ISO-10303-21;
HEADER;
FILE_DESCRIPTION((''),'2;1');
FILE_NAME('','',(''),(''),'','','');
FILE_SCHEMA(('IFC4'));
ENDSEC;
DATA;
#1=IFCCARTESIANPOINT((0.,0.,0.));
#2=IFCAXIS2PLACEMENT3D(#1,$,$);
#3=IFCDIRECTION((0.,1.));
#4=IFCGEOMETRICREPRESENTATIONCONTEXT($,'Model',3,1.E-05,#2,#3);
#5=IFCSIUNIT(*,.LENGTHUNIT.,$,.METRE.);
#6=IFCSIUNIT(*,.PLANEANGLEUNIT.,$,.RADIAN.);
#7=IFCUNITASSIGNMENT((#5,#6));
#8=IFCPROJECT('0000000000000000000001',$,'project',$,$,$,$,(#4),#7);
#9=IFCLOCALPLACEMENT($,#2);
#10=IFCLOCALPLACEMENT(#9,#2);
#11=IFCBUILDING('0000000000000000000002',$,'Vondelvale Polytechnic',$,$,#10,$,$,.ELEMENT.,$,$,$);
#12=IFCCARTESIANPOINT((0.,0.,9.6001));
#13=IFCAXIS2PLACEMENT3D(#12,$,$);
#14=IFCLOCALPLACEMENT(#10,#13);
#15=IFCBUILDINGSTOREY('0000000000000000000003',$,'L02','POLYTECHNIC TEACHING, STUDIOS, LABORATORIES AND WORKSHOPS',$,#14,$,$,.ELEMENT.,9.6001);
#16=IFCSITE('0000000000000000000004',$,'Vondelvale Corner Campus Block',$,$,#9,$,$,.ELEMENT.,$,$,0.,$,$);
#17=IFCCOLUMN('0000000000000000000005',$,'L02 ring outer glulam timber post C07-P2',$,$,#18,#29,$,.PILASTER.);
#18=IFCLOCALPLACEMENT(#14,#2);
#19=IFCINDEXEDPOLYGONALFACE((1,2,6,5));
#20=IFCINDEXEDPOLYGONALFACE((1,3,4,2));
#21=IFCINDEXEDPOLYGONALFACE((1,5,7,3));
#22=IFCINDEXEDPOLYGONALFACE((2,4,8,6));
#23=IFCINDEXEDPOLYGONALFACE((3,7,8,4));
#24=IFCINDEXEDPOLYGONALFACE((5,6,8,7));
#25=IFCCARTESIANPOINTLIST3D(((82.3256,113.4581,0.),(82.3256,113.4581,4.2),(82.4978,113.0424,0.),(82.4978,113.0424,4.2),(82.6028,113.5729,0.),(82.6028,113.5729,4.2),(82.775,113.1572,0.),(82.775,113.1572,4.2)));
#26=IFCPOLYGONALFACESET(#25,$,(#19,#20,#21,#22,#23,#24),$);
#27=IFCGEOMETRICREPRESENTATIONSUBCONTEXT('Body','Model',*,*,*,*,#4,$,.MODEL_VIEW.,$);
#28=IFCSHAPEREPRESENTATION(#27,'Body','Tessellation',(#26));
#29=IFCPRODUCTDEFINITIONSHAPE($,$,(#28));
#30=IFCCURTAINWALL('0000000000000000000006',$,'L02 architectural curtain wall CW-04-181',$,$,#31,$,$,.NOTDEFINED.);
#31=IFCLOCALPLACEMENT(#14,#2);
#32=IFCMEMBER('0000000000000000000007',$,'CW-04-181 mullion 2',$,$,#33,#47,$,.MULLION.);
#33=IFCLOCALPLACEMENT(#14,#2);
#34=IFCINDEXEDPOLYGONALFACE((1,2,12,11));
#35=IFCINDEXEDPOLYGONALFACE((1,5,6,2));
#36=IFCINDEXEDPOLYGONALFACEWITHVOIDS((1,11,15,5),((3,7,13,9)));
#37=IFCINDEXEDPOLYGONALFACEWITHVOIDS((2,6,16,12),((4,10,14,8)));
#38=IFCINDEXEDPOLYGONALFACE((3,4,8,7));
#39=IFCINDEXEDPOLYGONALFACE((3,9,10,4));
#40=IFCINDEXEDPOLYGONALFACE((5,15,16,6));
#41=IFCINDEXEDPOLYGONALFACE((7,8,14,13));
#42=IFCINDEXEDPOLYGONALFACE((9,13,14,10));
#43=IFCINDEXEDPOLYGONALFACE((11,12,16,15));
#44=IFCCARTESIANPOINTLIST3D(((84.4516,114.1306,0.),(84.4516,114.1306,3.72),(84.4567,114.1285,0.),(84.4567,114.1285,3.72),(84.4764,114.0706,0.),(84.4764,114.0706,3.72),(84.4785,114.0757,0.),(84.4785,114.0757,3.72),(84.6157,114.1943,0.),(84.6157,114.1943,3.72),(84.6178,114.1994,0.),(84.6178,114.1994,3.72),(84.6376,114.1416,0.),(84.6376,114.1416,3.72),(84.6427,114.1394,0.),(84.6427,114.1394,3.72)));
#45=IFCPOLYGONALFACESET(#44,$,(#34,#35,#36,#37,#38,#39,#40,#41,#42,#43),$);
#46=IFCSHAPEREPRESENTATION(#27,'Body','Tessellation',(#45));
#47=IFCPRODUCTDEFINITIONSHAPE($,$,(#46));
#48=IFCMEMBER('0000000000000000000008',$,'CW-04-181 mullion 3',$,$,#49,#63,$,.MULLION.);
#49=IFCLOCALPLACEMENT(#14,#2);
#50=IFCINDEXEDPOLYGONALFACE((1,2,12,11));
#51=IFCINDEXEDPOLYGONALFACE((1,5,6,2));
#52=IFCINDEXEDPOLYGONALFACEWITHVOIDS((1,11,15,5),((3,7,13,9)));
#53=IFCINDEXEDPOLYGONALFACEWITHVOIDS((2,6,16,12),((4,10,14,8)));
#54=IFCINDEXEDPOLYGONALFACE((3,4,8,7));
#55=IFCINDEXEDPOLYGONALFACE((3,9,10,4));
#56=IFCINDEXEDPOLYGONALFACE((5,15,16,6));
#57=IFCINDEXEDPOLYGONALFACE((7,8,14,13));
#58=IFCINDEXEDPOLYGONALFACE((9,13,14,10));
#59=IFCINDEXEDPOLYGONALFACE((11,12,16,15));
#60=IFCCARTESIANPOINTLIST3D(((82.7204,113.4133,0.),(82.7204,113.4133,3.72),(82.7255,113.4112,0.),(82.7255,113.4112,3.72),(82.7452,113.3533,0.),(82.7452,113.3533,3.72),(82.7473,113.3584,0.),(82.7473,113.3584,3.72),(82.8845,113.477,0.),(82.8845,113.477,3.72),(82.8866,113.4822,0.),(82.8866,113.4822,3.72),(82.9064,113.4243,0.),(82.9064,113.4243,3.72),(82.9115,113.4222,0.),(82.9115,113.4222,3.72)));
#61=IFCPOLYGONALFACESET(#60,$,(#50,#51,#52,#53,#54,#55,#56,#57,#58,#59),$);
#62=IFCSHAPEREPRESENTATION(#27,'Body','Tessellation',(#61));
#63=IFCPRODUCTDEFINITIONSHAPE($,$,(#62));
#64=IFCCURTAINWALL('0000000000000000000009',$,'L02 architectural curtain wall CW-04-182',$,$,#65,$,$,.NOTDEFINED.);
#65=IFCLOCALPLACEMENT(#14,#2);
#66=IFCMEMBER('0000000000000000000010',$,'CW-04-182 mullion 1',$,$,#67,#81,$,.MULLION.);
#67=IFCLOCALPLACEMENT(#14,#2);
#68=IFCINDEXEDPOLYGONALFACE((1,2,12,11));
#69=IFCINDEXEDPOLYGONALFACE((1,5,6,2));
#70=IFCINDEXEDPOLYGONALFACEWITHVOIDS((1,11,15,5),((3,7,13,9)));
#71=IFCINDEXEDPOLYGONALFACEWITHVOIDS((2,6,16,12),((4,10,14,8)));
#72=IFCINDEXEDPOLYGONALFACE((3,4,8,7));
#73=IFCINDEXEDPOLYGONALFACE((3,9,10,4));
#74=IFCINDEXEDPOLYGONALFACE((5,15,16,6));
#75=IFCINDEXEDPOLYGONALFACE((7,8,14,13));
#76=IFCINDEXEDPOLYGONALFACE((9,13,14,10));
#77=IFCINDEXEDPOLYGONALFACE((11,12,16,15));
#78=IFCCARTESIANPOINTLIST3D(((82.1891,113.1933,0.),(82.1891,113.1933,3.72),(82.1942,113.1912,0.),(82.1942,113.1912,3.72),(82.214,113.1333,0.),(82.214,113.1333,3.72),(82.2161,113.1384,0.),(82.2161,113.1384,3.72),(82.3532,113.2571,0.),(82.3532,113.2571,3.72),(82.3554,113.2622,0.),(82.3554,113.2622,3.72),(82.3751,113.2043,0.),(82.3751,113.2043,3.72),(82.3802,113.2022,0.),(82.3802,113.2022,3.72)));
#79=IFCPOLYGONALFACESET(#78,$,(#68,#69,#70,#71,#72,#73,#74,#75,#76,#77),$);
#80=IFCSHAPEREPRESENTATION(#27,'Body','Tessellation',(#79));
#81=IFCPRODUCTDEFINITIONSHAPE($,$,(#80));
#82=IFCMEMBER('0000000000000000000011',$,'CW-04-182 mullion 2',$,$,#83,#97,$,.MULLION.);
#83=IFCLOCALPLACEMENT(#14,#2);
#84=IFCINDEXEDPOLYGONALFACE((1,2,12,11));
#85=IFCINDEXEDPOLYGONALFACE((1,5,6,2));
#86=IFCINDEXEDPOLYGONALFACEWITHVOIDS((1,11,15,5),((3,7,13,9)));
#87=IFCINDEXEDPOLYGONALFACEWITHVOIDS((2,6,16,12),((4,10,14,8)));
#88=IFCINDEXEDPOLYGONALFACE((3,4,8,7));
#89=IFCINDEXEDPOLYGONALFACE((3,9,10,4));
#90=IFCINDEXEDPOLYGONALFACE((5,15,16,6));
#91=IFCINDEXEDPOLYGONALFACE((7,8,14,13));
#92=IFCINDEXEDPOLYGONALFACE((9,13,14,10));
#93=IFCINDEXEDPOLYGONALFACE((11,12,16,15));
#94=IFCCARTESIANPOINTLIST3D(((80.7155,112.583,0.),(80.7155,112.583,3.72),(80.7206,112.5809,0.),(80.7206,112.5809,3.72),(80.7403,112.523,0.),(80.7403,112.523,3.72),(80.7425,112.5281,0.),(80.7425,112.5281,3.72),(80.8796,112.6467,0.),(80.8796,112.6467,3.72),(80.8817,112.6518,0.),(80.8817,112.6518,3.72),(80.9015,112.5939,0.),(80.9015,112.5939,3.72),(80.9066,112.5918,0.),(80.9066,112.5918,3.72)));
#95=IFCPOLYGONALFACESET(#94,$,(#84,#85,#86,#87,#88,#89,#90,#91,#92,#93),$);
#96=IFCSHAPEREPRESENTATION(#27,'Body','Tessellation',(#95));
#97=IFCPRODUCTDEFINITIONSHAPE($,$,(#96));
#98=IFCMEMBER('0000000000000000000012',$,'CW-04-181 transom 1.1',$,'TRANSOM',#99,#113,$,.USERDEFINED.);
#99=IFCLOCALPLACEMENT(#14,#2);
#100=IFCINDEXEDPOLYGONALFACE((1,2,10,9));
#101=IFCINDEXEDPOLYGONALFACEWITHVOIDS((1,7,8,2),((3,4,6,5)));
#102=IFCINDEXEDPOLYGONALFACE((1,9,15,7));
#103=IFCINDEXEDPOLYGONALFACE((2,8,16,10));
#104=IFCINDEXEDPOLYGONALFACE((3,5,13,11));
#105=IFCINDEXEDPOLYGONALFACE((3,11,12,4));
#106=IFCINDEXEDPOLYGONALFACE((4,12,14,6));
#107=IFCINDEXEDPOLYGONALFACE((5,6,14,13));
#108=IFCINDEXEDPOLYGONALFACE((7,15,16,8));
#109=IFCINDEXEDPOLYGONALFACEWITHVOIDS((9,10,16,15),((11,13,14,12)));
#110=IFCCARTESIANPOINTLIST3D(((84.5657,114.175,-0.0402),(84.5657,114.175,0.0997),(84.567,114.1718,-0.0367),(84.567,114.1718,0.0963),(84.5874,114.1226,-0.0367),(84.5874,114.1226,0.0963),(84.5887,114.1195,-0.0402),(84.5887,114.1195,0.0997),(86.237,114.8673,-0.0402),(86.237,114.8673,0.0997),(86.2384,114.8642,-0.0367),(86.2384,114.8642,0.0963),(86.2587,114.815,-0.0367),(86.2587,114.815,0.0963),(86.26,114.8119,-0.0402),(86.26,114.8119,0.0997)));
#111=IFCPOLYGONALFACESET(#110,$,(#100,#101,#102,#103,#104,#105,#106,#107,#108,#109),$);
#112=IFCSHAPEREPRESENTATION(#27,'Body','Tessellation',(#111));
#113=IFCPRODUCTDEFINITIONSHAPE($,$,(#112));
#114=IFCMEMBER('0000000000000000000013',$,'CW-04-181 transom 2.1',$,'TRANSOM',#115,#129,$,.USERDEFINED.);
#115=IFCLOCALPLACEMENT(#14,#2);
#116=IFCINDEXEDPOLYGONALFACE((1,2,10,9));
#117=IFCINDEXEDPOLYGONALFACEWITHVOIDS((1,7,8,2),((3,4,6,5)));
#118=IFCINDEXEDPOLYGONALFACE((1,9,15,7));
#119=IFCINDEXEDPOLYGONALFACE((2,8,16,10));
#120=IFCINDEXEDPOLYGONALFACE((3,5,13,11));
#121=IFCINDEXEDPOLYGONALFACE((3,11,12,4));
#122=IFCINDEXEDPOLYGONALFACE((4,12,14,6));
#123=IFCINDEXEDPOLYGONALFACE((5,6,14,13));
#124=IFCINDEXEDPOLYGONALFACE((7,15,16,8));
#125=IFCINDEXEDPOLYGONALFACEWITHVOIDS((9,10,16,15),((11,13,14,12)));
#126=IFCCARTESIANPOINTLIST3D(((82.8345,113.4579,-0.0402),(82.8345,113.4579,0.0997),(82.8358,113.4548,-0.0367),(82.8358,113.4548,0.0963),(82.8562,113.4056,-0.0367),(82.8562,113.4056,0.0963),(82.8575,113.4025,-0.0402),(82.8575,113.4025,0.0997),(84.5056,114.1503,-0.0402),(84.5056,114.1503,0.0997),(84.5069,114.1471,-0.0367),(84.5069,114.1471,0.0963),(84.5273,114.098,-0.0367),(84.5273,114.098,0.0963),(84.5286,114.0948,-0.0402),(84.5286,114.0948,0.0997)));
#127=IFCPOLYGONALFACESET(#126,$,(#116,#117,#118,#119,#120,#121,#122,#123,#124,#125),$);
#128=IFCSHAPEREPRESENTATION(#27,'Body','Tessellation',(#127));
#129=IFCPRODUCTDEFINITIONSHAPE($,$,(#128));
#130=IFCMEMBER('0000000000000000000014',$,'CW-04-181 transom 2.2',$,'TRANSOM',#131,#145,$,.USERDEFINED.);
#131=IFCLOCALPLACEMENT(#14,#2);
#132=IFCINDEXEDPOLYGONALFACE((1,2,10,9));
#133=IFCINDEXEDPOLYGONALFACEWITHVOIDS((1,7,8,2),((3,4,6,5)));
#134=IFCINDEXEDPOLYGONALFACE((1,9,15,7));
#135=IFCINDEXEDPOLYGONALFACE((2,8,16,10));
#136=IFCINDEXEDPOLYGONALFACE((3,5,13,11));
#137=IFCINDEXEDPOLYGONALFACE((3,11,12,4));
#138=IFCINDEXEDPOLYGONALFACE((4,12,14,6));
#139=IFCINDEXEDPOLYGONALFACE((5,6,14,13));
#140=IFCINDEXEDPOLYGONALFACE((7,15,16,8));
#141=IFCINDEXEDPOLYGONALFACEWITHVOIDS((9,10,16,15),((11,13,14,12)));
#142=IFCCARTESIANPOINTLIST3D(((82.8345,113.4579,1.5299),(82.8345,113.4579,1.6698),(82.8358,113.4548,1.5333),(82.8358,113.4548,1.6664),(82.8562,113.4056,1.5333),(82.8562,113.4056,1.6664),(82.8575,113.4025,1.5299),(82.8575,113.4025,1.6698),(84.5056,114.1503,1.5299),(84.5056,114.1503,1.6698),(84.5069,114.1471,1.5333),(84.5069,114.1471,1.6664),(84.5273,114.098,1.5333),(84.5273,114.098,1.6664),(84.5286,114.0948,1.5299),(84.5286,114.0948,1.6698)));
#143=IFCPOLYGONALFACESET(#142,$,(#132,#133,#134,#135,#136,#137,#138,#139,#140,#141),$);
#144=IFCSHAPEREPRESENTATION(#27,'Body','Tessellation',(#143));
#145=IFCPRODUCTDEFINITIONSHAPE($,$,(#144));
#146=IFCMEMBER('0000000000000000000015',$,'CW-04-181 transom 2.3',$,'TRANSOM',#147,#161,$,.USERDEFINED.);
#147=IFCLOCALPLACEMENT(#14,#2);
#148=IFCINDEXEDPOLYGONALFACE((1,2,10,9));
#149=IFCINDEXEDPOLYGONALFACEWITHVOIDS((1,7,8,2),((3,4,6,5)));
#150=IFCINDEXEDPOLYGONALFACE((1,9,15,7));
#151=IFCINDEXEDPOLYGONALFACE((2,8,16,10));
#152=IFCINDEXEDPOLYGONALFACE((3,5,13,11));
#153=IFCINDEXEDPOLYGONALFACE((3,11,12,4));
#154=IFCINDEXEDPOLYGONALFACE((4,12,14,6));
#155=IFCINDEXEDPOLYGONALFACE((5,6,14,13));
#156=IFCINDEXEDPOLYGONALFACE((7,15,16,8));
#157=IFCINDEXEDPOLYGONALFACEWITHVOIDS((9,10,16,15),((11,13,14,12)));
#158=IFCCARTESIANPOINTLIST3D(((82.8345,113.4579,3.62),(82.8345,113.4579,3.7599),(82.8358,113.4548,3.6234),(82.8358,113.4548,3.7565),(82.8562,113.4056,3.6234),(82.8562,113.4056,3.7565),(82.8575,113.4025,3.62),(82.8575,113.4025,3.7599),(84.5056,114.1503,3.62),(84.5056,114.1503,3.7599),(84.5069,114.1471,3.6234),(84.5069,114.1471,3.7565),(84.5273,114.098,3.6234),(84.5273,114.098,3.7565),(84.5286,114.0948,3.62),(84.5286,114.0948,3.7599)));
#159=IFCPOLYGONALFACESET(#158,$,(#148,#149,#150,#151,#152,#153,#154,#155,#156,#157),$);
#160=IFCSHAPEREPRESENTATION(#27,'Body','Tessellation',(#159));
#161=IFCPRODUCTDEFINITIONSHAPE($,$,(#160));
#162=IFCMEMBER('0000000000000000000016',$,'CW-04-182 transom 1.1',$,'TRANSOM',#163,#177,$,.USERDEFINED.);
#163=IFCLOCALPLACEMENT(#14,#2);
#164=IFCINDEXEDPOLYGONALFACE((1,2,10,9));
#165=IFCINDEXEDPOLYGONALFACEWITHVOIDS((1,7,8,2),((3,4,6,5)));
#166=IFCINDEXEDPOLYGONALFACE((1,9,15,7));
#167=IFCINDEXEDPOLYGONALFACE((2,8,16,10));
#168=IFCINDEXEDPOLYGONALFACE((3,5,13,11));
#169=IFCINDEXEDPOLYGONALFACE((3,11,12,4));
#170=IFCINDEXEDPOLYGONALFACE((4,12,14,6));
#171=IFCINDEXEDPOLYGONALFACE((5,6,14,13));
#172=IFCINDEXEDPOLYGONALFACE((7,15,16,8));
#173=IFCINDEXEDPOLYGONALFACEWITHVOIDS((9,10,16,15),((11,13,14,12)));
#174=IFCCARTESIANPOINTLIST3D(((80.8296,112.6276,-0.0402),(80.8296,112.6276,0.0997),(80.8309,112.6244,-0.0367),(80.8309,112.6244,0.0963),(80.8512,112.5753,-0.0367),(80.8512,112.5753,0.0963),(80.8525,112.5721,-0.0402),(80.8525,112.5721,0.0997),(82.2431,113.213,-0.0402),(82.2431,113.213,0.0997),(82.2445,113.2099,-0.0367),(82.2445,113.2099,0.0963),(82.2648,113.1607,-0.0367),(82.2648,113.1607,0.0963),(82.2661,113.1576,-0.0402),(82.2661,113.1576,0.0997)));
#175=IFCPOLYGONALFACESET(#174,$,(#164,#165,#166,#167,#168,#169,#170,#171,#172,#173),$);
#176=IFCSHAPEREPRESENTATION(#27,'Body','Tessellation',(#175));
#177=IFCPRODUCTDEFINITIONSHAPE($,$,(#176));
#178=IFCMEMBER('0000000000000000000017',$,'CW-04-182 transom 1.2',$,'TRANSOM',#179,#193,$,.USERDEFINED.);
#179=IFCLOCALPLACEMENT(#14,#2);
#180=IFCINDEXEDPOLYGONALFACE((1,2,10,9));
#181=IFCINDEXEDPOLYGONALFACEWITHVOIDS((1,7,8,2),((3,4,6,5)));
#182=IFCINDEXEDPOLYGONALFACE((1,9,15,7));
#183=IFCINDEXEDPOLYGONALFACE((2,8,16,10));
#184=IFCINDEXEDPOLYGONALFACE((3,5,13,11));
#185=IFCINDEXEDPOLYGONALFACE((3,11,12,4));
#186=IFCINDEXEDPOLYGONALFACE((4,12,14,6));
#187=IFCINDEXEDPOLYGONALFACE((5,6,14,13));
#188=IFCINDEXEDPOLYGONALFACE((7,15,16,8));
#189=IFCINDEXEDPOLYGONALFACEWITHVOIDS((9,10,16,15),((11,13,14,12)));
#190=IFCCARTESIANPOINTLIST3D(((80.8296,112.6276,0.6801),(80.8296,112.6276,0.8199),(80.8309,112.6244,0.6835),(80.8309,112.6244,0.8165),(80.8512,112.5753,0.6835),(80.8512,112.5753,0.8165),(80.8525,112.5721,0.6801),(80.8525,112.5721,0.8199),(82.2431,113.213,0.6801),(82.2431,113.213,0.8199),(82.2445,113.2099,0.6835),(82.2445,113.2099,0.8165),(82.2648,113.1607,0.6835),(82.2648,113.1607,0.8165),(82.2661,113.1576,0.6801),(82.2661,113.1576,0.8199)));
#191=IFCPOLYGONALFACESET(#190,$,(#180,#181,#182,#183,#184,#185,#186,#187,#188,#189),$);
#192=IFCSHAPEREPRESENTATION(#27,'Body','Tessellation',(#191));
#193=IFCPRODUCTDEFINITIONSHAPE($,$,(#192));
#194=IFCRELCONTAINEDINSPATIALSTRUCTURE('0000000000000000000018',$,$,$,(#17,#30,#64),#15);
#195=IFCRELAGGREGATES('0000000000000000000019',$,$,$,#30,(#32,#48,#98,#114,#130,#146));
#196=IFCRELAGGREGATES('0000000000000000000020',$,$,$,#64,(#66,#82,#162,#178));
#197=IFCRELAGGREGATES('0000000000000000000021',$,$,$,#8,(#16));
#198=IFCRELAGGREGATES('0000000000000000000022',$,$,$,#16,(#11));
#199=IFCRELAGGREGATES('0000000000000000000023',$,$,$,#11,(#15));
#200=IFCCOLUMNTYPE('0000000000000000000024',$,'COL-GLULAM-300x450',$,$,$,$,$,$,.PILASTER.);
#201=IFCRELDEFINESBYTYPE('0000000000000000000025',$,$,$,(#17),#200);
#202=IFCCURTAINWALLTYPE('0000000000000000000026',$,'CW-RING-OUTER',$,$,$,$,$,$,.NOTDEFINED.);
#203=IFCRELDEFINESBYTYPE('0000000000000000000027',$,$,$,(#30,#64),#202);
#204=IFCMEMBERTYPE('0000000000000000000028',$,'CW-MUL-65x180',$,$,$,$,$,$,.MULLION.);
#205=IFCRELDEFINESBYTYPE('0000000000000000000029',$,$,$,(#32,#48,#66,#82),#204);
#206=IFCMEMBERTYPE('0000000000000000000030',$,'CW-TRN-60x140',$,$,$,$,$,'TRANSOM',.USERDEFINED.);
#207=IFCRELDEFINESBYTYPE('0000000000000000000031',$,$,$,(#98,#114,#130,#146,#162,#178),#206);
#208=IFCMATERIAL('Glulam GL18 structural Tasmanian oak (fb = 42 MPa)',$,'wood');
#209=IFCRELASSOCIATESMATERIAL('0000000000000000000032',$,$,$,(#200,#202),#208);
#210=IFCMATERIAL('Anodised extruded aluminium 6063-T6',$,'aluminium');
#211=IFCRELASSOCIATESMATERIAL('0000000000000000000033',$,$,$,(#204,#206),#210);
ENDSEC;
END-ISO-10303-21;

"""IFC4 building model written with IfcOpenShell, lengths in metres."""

from ifc_helpers import new_model, si_unit, direction, frame, origin, origin_2d, place, context, subcontext, project, spatial, rectangle, hollow_rectangle, extrude, material, material_profile, profile_set, type_object, element, aggregate, save


model = new_model("IFC4")

# Units and contexts
model_context = context("Model", 3, precision=1e-05, world=origin(), true_north=direction((0.0, 1.0)))
body_context = subcontext(model_context, "Body", "Model", "MODEL_VIEW")
ifc_project = project(units=[si_unit("LENGTHUNIT", "METRE"), si_unit("PLANEANGLEUNIT", "RADIAN")], contexts=[model_context])

# Site, building, storey
site_placement = place(None, origin())
site = spatial("IfcSite", under=ifc_project, at=site_placement, Name="Vondelvale Corner Campus Block", CompositionType="ELEMENT", RefElevation=0.0)
building_placement = place(site_placement, origin())
building = spatial("IfcBuilding", under=site, at=building_placement, Name="Vondelvale Polytechnic", CompositionType="ELEMENT")
storey_placement = place(building_placement, frame((0.0, 0.0, 9.6001)))
storey = spatial("IfcBuildingStorey", under=building, at=storey_placement, Name="L02", Description="POLYTECHNIC TEACHING, STUDIOS, LABORATORIES AND WORKSHOPS", CompositionType="ELEMENT", Elevation=9.6001)

# Column
ifc_material_1 = material(Name="Glulam GL18 structural Tasmanian oak (fb = 42 MPa)", Category="wood")
ifc_material_profile_1 = material_profile(ifc_material_1, rectangle(XDim=0.3, YDim=0.45, at=origin_2d()), Name="GL-POST-300x450")
ifc_profile_set_1 = profile_set([ifc_material_profile_1], Name="Glulam GL18 structural Tasmanian oak (fb = 42 MPa)")
column_type = type_object("IfcColumnType", Name="COL-GLULAM-300x450", PredefinedType="PILASTER", material=ifc_profile_set_1)
column_placement = place(storey_placement, frame((82.5503, 113.3076, 0.0), z_axis=(0.0, 0.0, 1.0), x_axis=(0.92388, 0.382683, 0.0)))
element("IfcColumn", 1, at=column_placement, inside=storey, type_object=column_type, Name="L02 ring outer glulam timber post C07-P2", PredefinedType="PILASTER", context=body_context, shape_type="SweptSolid", body=[
    extrude(rectangle(XDim=0.3, YDim=0.45, at=origin_2d()), origin(), (0.0, 0.0, 1.0), 4.2),
])

# Curtain walls, members
curtain_wall_type = type_object("IfcCurtainWallType", Name="CW-RING-OUTER", PredefinedType="NOTDEFINED", material=ifc_material_1)
curtain_wall_1_placement = place(storey_placement, origin())
curtain_wall_1 = element("IfcCurtainWall", 2, at=curtain_wall_1_placement, inside=storey, type_object=curtain_wall_type, Name="L02 architectural curtain wall CW-04-181", PredefinedType="NOTDEFINED")
ifc_material_2 = material(Name="Anodised extruded aluminium 6063-T6", Category="aluminium")
ifc_material_profile_2 = material_profile(ifc_material_2, hollow_rectangle(XDim=0.0649, YDim=0.1799, WallThickness=0.0039, at=origin_2d()), Name="CW-MUL-180x65")
ifc_profile_set_2 = profile_set([ifc_material_profile_2], Name="Anodised extruded aluminium 6063-T6")
member_type_1 = type_object("IfcMemberType", Name="CW-MUL-65x180", PredefinedType="MULLION", material=ifc_profile_set_2)
member_1_placement = place(storey_placement, frame((84.5471, 114.135, 0.0), z_axis=(0.0, 0.0, 1.0), x_axis=(0.382695, -0.923875, 0.0)))
member_1 = element("IfcMember", 3, at=member_1_placement, type_object=member_type_1, Name="CW-04-181 mullion 2", PredefinedType="MULLION", context=body_context, shape_type="SweptSolid", body=[
    extrude(hollow_rectangle(XDim=0.0649, YDim=0.1799, WallThickness=0.0039, at=origin_2d()), origin(), (0.0, 0.0, 1.0), 3.72),
])
member_2_placement = place(storey_placement, frame((82.8159, 113.4177, 0.0), z_axis=(0.0, 0.0, 1.0), x_axis=(0.382695, -0.923875, 0.0)))
member_2 = element("IfcMember", 4, at=member_2_placement, type_object=member_type_1, Name="CW-04-181 mullion 3", PredefinedType="MULLION", context=body_context, shape_type="SweptSolid", body=[
    extrude(hollow_rectangle(XDim=0.0649, YDim=0.1799, WallThickness=0.0039, at=origin_2d()), origin(), (0.0, 0.0, 1.0), 3.72),
])
curtain_wall_2_placement = place(storey_placement, origin())
curtain_wall_2 = element("IfcCurtainWall", 5, at=curtain_wall_2_placement, inside=storey, type_object=curtain_wall_type, Name="L02 architectural curtain wall CW-04-182", PredefinedType="NOTDEFINED")
member_3_placement = place(storey_placement, frame((82.2847, 113.1978, 0.0), z_axis=(0.0, 0.0, 1.0), x_axis=(0.382677, -0.923882, 0.0)))
member_3 = element("IfcMember", 6, at=member_3_placement, type_object=member_type_1, Name="CW-04-182 mullion 1", PredefinedType="MULLION", context=body_context, shape_type="SweptSolid", body=[
    extrude(hollow_rectangle(XDim=0.0649, YDim=0.1799, WallThickness=0.0039, at=origin_2d()), origin(), (0.0, 0.0, 1.0), 3.72),
])
member_4_placement = place(storey_placement, frame((80.811, 112.5874, 0.0), z_axis=(0.0, 0.0, 1.0), x_axis=(0.382677, -0.923882, 0.0)))
member_4 = element("IfcMember", 7, at=member_4_placement, type_object=member_type_1, Name="CW-04-182 mullion 2", PredefinedType="MULLION", context=body_context, shape_type="SweptSolid", body=[
    extrude(hollow_rectangle(XDim=0.0649, YDim=0.1799, WallThickness=0.0039, at=origin_2d()), origin(), (0.0, 0.0, 1.0), 3.72),
])

# Members
ifc_material_profile_3 = material_profile(ifc_material_2, hollow_rectangle(XDim=0.0601, YDim=0.1399, WallThickness=0.0034, at=origin_2d()), Name="CW-TRN-140x60")
ifc_profile_set_3 = profile_set([ifc_material_profile_3], Name="Anodised extruded aluminium 6063-T6")
member_type_2 = type_object("IfcMemberType", Name="CW-TRN-60x140", ElementType="TRANSOM", PredefinedType="USERDEFINED", material=ifc_profile_set_3)
member_5_placement = place(storey_placement, frame((86.2485, 114.8396, 0.0298), z_axis=(-0.923866, -0.382717, 0.0), x_axis=(0.382717, -0.923866, 0.0)))
member_5 = element("IfcMember", 8, at=member_5_placement, type_object=member_type_2, Name="CW-04-181 transom 1.1", ObjectType="TRANSOM", PredefinedType="USERDEFINED", context=body_context, shape_type="SweptSolid", body=[
    extrude(hollow_rectangle(XDim=0.0601, YDim=0.1399, WallThickness=0.0034, at=origin_2d()), origin(), (0.0, 0.0, 1.0), 1.8091),
])
member_6_placement = place(storey_placement, frame((84.5171, 114.1226, 0.0298), z_axis=(-0.923846, -0.382765, 0.0), x_axis=(0.382765, -0.923846, 0.0)))
member_6 = element("IfcMember", 9, at=member_6_placement, type_object=member_type_2, Name="CW-04-181 transom 2.1", ObjectType="TRANSOM", PredefinedType="USERDEFINED", context=body_context, shape_type="SweptSolid", body=[
    extrude(hollow_rectangle(XDim=0.0601, YDim=0.1399, WallThickness=0.0034, at=origin_2d()), origin(), (0.0, 0.0, 1.0), 1.8088),
])
member_7_placement = place(storey_placement, frame((84.5171, 114.1226, 1.5999), z_axis=(-0.923846, -0.382765, 0.0), x_axis=(0.382765, -0.923846, 0.0)))
member_7 = element("IfcMember", 10, at=member_7_placement, type_object=member_type_2, Name="CW-04-181 transom 2.2", ObjectType="TRANSOM", PredefinedType="USERDEFINED", context=body_context, shape_type="SweptSolid", body=[
    extrude(hollow_rectangle(XDim=0.0601, YDim=0.1399, WallThickness=0.0034, at=origin_2d()), origin(), (0.0, 0.0, 1.0), 1.8088),
])
member_8_placement = place(storey_placement, frame((84.5171, 114.1226, 3.6899), z_axis=(-0.923846, -0.382765, 0.0), x_axis=(0.382765, -0.923846, 0.0)))
member_8 = element("IfcMember", 11, at=member_8_placement, type_object=member_type_2, Name="CW-04-181 transom 2.3", ObjectType="TRANSOM", PredefinedType="USERDEFINED", context=body_context, shape_type="SweptSolid", body=[
    extrude(hollow_rectangle(XDim=0.0601, YDim=0.1399, WallThickness=0.0034, at=origin_2d()), origin(), (0.0, 0.0, 1.0), 1.8088),
])
member_9_placement = place(storey_placement, frame((82.2546, 113.1853, 0.0298), z_axis=(-0.923896, -0.382643, 0.0), x_axis=(0.382643, -0.923896, 0.0)))
member_9 = element("IfcMember", 12, at=member_9_placement, type_object=member_type_2, Name="CW-04-182 transom 1.1", ObjectType="TRANSOM", PredefinedType="USERDEFINED", context=body_context, shape_type="SweptSolid", body=[
    extrude(hollow_rectangle(XDim=0.0601, YDim=0.1399, WallThickness=0.0034, at=origin_2d()), origin(), (0.0, 0.0, 1.0), 1.53),
])
member_10_placement = place(storey_placement, frame((82.2546, 113.1853, 0.75), z_axis=(-0.923896, -0.382643, 0.0), x_axis=(0.382643, -0.923896, 0.0)))
member_10 = element("IfcMember", 13, at=member_10_placement, type_object=member_type_2, Name="CW-04-182 transom 1.2", ObjectType="TRANSOM", PredefinedType="USERDEFINED", context=body_context, shape_type="SweptSolid", body=[
    extrude(hollow_rectangle(XDim=0.0601, YDim=0.1399, WallThickness=0.0034, at=origin_2d()), origin(), (0.0, 0.0, 1.0), 1.53),
])

aggregate(curtain_wall_1, [member_1, member_2, member_5, member_6, member_7, member_8])
aggregate(curtain_wall_2, [member_3, member_4, member_9, member_10])

save(model, "model.ifc")
